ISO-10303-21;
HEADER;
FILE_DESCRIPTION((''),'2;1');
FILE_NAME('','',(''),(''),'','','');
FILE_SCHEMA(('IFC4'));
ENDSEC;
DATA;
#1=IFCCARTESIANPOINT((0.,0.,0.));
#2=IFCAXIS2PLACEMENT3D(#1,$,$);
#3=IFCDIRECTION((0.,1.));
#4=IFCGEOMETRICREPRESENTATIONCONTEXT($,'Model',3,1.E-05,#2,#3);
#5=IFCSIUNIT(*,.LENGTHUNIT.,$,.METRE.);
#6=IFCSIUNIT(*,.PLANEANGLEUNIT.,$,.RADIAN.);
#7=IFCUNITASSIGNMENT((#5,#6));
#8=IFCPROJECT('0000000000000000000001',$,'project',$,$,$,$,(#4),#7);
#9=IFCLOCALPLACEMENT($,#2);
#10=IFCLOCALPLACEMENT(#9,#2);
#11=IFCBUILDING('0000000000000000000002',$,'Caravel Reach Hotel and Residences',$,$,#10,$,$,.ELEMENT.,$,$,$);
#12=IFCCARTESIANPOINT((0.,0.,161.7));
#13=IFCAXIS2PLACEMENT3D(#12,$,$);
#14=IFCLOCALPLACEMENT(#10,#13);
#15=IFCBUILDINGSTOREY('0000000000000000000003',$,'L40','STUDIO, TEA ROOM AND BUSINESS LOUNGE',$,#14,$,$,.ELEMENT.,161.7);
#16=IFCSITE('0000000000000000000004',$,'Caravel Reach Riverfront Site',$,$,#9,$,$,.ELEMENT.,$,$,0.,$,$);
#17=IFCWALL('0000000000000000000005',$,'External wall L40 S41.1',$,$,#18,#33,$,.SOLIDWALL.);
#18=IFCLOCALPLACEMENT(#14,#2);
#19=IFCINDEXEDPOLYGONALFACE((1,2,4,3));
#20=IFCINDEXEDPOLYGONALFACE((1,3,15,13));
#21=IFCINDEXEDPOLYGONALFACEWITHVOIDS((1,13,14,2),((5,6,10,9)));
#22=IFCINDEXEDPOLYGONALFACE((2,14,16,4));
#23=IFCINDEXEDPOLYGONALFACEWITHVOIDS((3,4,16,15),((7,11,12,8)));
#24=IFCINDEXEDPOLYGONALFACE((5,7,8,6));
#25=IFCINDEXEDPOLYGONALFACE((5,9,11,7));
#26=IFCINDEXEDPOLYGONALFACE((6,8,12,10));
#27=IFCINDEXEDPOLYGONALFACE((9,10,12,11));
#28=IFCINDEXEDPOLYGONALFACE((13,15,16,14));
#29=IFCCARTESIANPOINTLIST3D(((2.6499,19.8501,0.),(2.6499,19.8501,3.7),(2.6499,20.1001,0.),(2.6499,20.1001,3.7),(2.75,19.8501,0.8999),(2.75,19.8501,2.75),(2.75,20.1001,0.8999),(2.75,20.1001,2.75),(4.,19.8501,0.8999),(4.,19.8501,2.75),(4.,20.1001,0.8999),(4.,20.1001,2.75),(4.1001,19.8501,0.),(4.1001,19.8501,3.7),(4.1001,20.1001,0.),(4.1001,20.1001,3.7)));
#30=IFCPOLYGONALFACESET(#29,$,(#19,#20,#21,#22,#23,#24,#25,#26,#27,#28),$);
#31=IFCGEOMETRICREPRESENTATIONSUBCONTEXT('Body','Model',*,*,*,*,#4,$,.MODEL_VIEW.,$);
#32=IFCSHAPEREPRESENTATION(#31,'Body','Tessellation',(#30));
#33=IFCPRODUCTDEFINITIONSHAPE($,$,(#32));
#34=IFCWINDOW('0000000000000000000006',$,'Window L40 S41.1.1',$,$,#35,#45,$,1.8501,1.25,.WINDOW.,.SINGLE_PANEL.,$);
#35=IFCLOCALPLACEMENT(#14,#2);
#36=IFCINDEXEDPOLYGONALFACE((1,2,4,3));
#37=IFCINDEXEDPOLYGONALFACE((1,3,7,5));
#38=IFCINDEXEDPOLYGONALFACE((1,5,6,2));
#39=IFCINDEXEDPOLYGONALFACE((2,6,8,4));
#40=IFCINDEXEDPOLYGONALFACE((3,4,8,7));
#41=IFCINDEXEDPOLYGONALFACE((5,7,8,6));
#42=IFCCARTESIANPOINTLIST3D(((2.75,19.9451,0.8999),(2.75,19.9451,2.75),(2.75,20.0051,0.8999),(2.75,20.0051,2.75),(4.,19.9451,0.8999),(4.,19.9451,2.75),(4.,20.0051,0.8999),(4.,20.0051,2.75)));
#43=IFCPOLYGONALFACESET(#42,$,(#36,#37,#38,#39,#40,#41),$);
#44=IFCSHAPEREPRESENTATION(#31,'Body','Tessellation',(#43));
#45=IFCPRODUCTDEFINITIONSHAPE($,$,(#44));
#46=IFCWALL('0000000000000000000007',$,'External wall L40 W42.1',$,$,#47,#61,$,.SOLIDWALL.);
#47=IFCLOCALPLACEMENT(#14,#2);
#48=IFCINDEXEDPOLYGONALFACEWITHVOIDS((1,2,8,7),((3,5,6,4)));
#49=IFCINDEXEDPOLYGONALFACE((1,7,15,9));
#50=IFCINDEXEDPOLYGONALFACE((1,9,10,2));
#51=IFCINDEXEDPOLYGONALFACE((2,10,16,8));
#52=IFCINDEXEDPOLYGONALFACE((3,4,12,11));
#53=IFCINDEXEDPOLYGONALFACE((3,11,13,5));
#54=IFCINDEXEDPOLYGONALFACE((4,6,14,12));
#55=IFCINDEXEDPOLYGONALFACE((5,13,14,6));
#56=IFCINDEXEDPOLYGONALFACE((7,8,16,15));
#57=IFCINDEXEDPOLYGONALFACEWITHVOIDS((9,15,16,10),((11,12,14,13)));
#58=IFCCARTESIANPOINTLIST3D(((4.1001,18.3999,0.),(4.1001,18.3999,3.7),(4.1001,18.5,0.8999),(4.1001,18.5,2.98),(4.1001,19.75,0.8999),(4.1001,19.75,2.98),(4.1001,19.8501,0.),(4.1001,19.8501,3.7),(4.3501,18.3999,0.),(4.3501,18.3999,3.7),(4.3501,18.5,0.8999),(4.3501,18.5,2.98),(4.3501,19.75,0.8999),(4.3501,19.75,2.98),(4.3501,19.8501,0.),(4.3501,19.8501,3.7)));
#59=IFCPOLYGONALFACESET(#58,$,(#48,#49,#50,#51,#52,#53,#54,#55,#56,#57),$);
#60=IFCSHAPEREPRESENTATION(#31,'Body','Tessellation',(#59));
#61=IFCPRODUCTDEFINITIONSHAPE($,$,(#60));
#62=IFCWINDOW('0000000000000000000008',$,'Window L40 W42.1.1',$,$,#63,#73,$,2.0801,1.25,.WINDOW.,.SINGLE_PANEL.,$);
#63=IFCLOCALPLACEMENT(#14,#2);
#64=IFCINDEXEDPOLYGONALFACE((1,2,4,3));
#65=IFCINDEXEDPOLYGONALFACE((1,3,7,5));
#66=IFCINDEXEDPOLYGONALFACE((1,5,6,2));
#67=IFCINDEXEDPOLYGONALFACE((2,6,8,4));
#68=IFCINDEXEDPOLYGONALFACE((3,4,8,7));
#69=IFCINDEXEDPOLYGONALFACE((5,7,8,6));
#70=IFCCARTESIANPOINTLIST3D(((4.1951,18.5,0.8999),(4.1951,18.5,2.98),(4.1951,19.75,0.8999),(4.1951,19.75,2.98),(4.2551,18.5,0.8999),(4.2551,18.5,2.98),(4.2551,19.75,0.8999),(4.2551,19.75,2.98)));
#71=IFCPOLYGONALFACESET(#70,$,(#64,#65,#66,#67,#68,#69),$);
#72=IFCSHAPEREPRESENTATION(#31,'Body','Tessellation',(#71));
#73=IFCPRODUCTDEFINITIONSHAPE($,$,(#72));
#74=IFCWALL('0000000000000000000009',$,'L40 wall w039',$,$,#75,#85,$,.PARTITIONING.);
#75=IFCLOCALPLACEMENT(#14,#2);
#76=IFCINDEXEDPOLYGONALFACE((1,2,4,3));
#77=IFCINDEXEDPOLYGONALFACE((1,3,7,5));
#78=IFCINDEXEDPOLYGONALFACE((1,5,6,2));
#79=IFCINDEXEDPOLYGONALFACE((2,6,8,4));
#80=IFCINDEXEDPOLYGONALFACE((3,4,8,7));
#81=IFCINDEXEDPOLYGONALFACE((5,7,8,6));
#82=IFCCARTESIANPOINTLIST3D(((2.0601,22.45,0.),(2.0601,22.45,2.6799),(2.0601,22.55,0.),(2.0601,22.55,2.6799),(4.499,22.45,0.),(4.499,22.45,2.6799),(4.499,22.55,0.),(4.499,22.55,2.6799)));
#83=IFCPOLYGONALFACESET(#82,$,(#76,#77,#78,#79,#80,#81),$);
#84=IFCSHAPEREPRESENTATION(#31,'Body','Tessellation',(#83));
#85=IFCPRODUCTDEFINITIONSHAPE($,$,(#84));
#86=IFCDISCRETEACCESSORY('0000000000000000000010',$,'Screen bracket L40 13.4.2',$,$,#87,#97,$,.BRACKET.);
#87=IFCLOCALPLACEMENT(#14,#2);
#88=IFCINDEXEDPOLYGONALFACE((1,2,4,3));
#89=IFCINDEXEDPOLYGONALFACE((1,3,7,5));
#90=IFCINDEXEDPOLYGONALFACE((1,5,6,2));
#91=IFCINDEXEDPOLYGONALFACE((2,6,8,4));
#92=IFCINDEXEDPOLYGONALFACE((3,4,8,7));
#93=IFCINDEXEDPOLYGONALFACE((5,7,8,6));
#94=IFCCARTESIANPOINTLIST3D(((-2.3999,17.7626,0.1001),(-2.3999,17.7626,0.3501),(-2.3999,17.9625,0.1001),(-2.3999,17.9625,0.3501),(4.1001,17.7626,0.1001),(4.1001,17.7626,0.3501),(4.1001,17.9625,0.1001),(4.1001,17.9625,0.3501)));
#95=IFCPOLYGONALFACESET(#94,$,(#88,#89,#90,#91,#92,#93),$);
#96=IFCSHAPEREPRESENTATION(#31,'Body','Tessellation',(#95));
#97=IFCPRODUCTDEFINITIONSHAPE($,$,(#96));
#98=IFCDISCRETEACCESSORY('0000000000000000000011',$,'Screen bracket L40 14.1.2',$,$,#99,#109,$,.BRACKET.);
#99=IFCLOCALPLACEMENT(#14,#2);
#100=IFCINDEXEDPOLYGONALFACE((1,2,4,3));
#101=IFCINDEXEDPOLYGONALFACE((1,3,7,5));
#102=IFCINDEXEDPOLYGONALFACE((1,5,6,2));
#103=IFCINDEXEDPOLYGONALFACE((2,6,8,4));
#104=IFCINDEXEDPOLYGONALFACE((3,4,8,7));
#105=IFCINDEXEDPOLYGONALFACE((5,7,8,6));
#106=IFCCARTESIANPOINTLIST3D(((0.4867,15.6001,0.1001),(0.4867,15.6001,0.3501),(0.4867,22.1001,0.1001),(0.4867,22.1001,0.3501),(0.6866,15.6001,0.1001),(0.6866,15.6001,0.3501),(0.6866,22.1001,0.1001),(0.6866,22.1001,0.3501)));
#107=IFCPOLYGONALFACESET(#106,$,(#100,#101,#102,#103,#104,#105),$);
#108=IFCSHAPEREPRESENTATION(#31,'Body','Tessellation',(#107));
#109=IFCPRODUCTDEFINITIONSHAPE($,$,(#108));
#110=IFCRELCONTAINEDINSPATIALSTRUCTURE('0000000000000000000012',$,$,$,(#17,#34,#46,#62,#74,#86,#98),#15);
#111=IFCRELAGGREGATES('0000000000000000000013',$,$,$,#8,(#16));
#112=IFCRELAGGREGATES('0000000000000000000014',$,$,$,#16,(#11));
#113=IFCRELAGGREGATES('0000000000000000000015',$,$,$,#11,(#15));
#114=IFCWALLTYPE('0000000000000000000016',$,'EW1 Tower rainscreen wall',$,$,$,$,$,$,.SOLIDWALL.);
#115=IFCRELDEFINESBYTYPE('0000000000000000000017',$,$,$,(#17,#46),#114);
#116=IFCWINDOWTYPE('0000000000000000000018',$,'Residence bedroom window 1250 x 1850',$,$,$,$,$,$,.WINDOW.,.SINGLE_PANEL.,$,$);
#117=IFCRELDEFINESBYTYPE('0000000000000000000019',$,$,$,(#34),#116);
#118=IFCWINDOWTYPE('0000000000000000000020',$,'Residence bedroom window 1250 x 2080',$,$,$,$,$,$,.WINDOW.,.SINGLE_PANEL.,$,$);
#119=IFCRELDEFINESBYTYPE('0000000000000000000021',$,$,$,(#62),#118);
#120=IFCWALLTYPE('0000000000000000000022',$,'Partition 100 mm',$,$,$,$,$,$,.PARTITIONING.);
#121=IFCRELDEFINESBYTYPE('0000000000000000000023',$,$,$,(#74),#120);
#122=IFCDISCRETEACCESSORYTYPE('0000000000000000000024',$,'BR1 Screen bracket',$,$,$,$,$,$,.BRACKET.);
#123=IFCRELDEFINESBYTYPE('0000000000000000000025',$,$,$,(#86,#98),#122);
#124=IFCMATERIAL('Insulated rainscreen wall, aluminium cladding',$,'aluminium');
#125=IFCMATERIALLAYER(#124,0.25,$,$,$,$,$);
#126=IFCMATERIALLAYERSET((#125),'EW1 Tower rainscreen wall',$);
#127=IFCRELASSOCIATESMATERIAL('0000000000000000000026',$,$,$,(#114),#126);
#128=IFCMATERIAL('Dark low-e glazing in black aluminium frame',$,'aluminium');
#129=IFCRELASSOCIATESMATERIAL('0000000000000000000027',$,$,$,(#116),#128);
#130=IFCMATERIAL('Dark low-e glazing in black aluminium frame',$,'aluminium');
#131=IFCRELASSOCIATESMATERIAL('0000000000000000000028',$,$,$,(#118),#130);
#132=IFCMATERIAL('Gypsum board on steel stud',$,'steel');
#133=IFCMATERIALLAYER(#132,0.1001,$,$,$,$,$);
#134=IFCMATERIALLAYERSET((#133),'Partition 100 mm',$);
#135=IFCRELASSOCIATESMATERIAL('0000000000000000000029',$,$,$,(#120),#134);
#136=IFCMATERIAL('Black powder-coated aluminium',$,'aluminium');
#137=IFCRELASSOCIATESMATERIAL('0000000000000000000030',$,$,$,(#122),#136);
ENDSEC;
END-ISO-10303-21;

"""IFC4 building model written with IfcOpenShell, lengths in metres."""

from ifc_helpers import new_model, si_unit, direction, frame, frame_2d, origin, origin_2d, place, context, subcontext, project, spatial, rectangle, extrude, material, layer, layer_set, type_object, element, fill, save


model = new_model("IFC4")

# Units and contexts
model_context = context("Model", 3, precision=1e-05, world=origin(), true_north=direction((0.0, 1.0)))
body_context = subcontext(model_context, "Body", "Model", "MODEL_VIEW")
ifc_project = project(units=[si_unit("LENGTHUNIT", "METRE"), si_unit("PLANEANGLEUNIT", "RADIAN")], contexts=[model_context])

# Site, building, storey
site_placement = place(None, origin())
site = spatial("IfcSite", under=ifc_project, at=site_placement, Name="Caravel Reach Riverfront Site", CompositionType="ELEMENT", RefElevation=0.0)
building_placement = place(site_placement, origin())
building = spatial("IfcBuilding", under=site, at=building_placement, Name="Caravel Reach Hotel and Residences", CompositionType="ELEMENT")
storey_placement = place(building_placement, frame((0.0, 0.0, 161.7)))
storey = spatial("IfcBuildingStorey", under=building, at=storey_placement, Name="L40", Description="STUDIO, TEA ROOM AND BUSINESS LOUNGE", CompositionType="ELEMENT", Elevation=161.7)

# Walls, openings, windows
ifc_material_1 = material(Name="Insulated rainscreen wall, aluminium cladding", Category="aluminium")
ifc_layer_1 = layer(ifc_material_1, 0.25)
ifc_layer_set_1 = layer_set([ifc_layer_1], Name="EW1 Tower rainscreen wall")
wall_type_1 = type_object("IfcWallType", Name="EW1 Tower rainscreen wall", PredefinedType="SOLIDWALL", material=ifc_layer_set_1)
ifc_material_2 = material(Name="Dark low-e glazing in black aluminium frame", Category="aluminium")
window_type_1 = type_object("IfcWindowType", Name="Residence bedroom window 1250 x 1850", PartitioningType="SINGLE_PANEL", PredefinedType="WINDOW", material=ifc_material_2)
wall_1_placement = place(storey_placement, frame((2.6499, 19.9751, 0.0), z_axis=(0.0, 0.0, 1.0), x_axis=(1.0, 0.0, 0.0)))
wall_1 = element("IfcWall", 1, at=wall_1_placement, inside=storey, type_object=wall_type_1, Name="External wall L40 S41.1", PredefinedType="SOLIDWALL", context=body_context, shape_type="SweptSolid", body=[
    extrude(rectangle(XDim=1.4502, YDim=0.25, at=frame_2d((0.7251, 0.0))), origin(), (0.0, 0.0, 1.0), 3.7),
])
opening_1_placement = place(wall_1_placement, frame((0.1001, 0.0, 0.8999)))
opening_1 = element("IfcOpeningElement", 2, at=opening_1_placement, cuts=wall_1, PredefinedType="OPENING", context=body_context, shape_type="SweptSolid", body=[
    extrude(rectangle(XDim=1.25, YDim=1.8501, at=frame_2d((0.625, 0.925))), frame((0.0, 0.135, 0.0), z_axis=(0.0, -1.0, 0.0), x_axis=(1.0, 0.0, 0.0)), (0.0, 0.0, 1.0), 0.27),
])
window_1_placement = place(opening_1_placement, origin())
window_1 = element("IfcWindow", 3, at=window_1_placement, inside=storey, type_object=window_type_1, Name="Window L40 S41.1.1", OverallHeight=1.8501, OverallWidth=1.25, PartitioningType="SINGLE_PANEL", PredefinedType="WINDOW", context=body_context, shape_type="SweptSolid", body=[
    extrude(rectangle(XDim=1.25, YDim=1.8501, at=frame_2d((0.625, 0.925))), frame((0.0, 0.03, 0.0), z_axis=(0.0, -1.0, 0.0), x_axis=(1.0, 0.0, 0.0)), (0.0, 0.0, 1.0), 0.0601),
])
fill(opening_1, window_1)
wall_2_placement = place(storey_placement, frame((4.2251, 19.8501, 0.0), z_axis=(0.0, 0.0, 1.0), x_axis=(0.0, -1.0, 0.0)))
wall_2 = element("IfcWall", 4, at=wall_2_placement, inside=storey, type_object=wall_type_1, Name="External wall L40 W42.1", PredefinedType="SOLIDWALL", context=body_context, shape_type="SweptSolid", body=[
    extrude(rectangle(XDim=1.4502, YDim=0.25, at=frame_2d((0.7251, 0.0))), origin(), (0.0, 0.0, 1.0), 3.7),
])
opening_2_placement = place(wall_2_placement, frame((0.1001, 0.0, 0.8999)))
opening_2 = element("IfcOpeningElement", 5, at=opening_2_placement, cuts=wall_2, PredefinedType="OPENING", context=body_context, shape_type="SweptSolid", body=[
    extrude(rectangle(XDim=1.25, YDim=2.0801, at=frame_2d((0.625, 1.04))), frame((0.0, 0.135, 0.0), z_axis=(0.0, -1.0, 0.0), x_axis=(1.0, 0.0, 0.0)), (0.0, 0.0, 1.0), 0.27),
])
ifc_material_3 = material(Name="Dark low-e glazing in black aluminium frame", Category="aluminium")
window_type_2 = type_object("IfcWindowType", Name="Residence bedroom window 1250 x 2080", PartitioningType="SINGLE_PANEL", PredefinedType="WINDOW", material=ifc_material_3)
window_2_placement = place(opening_2_placement, origin())
window_2 = element("IfcWindow", 6, at=window_2_placement, inside=storey, type_object=window_type_2, Name="Window L40 W42.1.1", OverallHeight=2.0801, OverallWidth=1.25, PartitioningType="SINGLE_PANEL", PredefinedType="WINDOW", context=body_context, shape_type="SweptSolid", body=[
    extrude(rectangle(XDim=1.25, YDim=2.0801, at=frame_2d((0.625, 1.04))), frame((0.0, 0.03, 0.0), z_axis=(0.0, -1.0, 0.0), x_axis=(1.0, 0.0, 0.0)), (0.0, 0.0, 1.0), 0.0601),
])
fill(opening_2, window_2)

# Wall
ifc_material_4 = material(Name="Gypsum board on steel stud", Category="steel")
ifc_layer_2 = layer(ifc_material_4, 0.1001)
ifc_layer_set_2 = layer_set([ifc_layer_2], Name="Partition 100 mm")
wall_type_2 = type_object("IfcWallType", Name="Partition 100 mm", PredefinedType="PARTITIONING", material=ifc_layer_set_2)
wall_3_placement = place(storey_placement, frame((2.0601, 22.5, 0.0), z_axis=(0.0, 0.0, 1.0), x_axis=(1.0, 0.0, 0.0)))
element("IfcWall", 7, at=wall_3_placement, inside=storey, type_object=wall_type_2, Name="L40 wall w039", PredefinedType="PARTITIONING", context=body_context, shape_type="SweptSolid", body=[
    extrude(rectangle(XDim=2.439, YDim=0.1001, at=frame_2d((1.2195, 0.0))), origin(), (0.0, 0.0, 1.0), 2.6799),
])

# Discrete accessories
ifc_material_5 = material(Name="Black powder-coated aluminium", Category="aluminium")
discrete_accessory_type = type_object("IfcDiscreteAccessoryType", Name="BR1 Screen bracket", PredefinedType="BRACKET", material=ifc_material_5)
for number, where, z_axis, x_axis, name in (
    (8, (0.8501, 17.8625, 0.1001), (0.0, 0.0, 1.0), (-1.0, 0.0, 0.0), "Screen bracket L40 13.4.2"),
    (9, (0.5867, 18.8501, 0.1001), (0.0, 0.0, 1.0), (0.0, -1.0, 0.0), "Screen bracket L40 14.1.2"),
):
    element("IfcDiscreteAccessory", number, at=place(storey_placement, frame(where, z_axis=z_axis, x_axis=x_axis)), inside=storey, type_object=discrete_accessory_type, Name=name, PredefinedType="BRACKET", context=body_context, shape_type="SweptSolid", body=[
        extrude(rectangle(XDim=6.5, YDim=0.2, at=origin_2d()), origin(), (0.0, 0.0, 1.0), 0.25),
    ])

save(model, "model.ifc")
